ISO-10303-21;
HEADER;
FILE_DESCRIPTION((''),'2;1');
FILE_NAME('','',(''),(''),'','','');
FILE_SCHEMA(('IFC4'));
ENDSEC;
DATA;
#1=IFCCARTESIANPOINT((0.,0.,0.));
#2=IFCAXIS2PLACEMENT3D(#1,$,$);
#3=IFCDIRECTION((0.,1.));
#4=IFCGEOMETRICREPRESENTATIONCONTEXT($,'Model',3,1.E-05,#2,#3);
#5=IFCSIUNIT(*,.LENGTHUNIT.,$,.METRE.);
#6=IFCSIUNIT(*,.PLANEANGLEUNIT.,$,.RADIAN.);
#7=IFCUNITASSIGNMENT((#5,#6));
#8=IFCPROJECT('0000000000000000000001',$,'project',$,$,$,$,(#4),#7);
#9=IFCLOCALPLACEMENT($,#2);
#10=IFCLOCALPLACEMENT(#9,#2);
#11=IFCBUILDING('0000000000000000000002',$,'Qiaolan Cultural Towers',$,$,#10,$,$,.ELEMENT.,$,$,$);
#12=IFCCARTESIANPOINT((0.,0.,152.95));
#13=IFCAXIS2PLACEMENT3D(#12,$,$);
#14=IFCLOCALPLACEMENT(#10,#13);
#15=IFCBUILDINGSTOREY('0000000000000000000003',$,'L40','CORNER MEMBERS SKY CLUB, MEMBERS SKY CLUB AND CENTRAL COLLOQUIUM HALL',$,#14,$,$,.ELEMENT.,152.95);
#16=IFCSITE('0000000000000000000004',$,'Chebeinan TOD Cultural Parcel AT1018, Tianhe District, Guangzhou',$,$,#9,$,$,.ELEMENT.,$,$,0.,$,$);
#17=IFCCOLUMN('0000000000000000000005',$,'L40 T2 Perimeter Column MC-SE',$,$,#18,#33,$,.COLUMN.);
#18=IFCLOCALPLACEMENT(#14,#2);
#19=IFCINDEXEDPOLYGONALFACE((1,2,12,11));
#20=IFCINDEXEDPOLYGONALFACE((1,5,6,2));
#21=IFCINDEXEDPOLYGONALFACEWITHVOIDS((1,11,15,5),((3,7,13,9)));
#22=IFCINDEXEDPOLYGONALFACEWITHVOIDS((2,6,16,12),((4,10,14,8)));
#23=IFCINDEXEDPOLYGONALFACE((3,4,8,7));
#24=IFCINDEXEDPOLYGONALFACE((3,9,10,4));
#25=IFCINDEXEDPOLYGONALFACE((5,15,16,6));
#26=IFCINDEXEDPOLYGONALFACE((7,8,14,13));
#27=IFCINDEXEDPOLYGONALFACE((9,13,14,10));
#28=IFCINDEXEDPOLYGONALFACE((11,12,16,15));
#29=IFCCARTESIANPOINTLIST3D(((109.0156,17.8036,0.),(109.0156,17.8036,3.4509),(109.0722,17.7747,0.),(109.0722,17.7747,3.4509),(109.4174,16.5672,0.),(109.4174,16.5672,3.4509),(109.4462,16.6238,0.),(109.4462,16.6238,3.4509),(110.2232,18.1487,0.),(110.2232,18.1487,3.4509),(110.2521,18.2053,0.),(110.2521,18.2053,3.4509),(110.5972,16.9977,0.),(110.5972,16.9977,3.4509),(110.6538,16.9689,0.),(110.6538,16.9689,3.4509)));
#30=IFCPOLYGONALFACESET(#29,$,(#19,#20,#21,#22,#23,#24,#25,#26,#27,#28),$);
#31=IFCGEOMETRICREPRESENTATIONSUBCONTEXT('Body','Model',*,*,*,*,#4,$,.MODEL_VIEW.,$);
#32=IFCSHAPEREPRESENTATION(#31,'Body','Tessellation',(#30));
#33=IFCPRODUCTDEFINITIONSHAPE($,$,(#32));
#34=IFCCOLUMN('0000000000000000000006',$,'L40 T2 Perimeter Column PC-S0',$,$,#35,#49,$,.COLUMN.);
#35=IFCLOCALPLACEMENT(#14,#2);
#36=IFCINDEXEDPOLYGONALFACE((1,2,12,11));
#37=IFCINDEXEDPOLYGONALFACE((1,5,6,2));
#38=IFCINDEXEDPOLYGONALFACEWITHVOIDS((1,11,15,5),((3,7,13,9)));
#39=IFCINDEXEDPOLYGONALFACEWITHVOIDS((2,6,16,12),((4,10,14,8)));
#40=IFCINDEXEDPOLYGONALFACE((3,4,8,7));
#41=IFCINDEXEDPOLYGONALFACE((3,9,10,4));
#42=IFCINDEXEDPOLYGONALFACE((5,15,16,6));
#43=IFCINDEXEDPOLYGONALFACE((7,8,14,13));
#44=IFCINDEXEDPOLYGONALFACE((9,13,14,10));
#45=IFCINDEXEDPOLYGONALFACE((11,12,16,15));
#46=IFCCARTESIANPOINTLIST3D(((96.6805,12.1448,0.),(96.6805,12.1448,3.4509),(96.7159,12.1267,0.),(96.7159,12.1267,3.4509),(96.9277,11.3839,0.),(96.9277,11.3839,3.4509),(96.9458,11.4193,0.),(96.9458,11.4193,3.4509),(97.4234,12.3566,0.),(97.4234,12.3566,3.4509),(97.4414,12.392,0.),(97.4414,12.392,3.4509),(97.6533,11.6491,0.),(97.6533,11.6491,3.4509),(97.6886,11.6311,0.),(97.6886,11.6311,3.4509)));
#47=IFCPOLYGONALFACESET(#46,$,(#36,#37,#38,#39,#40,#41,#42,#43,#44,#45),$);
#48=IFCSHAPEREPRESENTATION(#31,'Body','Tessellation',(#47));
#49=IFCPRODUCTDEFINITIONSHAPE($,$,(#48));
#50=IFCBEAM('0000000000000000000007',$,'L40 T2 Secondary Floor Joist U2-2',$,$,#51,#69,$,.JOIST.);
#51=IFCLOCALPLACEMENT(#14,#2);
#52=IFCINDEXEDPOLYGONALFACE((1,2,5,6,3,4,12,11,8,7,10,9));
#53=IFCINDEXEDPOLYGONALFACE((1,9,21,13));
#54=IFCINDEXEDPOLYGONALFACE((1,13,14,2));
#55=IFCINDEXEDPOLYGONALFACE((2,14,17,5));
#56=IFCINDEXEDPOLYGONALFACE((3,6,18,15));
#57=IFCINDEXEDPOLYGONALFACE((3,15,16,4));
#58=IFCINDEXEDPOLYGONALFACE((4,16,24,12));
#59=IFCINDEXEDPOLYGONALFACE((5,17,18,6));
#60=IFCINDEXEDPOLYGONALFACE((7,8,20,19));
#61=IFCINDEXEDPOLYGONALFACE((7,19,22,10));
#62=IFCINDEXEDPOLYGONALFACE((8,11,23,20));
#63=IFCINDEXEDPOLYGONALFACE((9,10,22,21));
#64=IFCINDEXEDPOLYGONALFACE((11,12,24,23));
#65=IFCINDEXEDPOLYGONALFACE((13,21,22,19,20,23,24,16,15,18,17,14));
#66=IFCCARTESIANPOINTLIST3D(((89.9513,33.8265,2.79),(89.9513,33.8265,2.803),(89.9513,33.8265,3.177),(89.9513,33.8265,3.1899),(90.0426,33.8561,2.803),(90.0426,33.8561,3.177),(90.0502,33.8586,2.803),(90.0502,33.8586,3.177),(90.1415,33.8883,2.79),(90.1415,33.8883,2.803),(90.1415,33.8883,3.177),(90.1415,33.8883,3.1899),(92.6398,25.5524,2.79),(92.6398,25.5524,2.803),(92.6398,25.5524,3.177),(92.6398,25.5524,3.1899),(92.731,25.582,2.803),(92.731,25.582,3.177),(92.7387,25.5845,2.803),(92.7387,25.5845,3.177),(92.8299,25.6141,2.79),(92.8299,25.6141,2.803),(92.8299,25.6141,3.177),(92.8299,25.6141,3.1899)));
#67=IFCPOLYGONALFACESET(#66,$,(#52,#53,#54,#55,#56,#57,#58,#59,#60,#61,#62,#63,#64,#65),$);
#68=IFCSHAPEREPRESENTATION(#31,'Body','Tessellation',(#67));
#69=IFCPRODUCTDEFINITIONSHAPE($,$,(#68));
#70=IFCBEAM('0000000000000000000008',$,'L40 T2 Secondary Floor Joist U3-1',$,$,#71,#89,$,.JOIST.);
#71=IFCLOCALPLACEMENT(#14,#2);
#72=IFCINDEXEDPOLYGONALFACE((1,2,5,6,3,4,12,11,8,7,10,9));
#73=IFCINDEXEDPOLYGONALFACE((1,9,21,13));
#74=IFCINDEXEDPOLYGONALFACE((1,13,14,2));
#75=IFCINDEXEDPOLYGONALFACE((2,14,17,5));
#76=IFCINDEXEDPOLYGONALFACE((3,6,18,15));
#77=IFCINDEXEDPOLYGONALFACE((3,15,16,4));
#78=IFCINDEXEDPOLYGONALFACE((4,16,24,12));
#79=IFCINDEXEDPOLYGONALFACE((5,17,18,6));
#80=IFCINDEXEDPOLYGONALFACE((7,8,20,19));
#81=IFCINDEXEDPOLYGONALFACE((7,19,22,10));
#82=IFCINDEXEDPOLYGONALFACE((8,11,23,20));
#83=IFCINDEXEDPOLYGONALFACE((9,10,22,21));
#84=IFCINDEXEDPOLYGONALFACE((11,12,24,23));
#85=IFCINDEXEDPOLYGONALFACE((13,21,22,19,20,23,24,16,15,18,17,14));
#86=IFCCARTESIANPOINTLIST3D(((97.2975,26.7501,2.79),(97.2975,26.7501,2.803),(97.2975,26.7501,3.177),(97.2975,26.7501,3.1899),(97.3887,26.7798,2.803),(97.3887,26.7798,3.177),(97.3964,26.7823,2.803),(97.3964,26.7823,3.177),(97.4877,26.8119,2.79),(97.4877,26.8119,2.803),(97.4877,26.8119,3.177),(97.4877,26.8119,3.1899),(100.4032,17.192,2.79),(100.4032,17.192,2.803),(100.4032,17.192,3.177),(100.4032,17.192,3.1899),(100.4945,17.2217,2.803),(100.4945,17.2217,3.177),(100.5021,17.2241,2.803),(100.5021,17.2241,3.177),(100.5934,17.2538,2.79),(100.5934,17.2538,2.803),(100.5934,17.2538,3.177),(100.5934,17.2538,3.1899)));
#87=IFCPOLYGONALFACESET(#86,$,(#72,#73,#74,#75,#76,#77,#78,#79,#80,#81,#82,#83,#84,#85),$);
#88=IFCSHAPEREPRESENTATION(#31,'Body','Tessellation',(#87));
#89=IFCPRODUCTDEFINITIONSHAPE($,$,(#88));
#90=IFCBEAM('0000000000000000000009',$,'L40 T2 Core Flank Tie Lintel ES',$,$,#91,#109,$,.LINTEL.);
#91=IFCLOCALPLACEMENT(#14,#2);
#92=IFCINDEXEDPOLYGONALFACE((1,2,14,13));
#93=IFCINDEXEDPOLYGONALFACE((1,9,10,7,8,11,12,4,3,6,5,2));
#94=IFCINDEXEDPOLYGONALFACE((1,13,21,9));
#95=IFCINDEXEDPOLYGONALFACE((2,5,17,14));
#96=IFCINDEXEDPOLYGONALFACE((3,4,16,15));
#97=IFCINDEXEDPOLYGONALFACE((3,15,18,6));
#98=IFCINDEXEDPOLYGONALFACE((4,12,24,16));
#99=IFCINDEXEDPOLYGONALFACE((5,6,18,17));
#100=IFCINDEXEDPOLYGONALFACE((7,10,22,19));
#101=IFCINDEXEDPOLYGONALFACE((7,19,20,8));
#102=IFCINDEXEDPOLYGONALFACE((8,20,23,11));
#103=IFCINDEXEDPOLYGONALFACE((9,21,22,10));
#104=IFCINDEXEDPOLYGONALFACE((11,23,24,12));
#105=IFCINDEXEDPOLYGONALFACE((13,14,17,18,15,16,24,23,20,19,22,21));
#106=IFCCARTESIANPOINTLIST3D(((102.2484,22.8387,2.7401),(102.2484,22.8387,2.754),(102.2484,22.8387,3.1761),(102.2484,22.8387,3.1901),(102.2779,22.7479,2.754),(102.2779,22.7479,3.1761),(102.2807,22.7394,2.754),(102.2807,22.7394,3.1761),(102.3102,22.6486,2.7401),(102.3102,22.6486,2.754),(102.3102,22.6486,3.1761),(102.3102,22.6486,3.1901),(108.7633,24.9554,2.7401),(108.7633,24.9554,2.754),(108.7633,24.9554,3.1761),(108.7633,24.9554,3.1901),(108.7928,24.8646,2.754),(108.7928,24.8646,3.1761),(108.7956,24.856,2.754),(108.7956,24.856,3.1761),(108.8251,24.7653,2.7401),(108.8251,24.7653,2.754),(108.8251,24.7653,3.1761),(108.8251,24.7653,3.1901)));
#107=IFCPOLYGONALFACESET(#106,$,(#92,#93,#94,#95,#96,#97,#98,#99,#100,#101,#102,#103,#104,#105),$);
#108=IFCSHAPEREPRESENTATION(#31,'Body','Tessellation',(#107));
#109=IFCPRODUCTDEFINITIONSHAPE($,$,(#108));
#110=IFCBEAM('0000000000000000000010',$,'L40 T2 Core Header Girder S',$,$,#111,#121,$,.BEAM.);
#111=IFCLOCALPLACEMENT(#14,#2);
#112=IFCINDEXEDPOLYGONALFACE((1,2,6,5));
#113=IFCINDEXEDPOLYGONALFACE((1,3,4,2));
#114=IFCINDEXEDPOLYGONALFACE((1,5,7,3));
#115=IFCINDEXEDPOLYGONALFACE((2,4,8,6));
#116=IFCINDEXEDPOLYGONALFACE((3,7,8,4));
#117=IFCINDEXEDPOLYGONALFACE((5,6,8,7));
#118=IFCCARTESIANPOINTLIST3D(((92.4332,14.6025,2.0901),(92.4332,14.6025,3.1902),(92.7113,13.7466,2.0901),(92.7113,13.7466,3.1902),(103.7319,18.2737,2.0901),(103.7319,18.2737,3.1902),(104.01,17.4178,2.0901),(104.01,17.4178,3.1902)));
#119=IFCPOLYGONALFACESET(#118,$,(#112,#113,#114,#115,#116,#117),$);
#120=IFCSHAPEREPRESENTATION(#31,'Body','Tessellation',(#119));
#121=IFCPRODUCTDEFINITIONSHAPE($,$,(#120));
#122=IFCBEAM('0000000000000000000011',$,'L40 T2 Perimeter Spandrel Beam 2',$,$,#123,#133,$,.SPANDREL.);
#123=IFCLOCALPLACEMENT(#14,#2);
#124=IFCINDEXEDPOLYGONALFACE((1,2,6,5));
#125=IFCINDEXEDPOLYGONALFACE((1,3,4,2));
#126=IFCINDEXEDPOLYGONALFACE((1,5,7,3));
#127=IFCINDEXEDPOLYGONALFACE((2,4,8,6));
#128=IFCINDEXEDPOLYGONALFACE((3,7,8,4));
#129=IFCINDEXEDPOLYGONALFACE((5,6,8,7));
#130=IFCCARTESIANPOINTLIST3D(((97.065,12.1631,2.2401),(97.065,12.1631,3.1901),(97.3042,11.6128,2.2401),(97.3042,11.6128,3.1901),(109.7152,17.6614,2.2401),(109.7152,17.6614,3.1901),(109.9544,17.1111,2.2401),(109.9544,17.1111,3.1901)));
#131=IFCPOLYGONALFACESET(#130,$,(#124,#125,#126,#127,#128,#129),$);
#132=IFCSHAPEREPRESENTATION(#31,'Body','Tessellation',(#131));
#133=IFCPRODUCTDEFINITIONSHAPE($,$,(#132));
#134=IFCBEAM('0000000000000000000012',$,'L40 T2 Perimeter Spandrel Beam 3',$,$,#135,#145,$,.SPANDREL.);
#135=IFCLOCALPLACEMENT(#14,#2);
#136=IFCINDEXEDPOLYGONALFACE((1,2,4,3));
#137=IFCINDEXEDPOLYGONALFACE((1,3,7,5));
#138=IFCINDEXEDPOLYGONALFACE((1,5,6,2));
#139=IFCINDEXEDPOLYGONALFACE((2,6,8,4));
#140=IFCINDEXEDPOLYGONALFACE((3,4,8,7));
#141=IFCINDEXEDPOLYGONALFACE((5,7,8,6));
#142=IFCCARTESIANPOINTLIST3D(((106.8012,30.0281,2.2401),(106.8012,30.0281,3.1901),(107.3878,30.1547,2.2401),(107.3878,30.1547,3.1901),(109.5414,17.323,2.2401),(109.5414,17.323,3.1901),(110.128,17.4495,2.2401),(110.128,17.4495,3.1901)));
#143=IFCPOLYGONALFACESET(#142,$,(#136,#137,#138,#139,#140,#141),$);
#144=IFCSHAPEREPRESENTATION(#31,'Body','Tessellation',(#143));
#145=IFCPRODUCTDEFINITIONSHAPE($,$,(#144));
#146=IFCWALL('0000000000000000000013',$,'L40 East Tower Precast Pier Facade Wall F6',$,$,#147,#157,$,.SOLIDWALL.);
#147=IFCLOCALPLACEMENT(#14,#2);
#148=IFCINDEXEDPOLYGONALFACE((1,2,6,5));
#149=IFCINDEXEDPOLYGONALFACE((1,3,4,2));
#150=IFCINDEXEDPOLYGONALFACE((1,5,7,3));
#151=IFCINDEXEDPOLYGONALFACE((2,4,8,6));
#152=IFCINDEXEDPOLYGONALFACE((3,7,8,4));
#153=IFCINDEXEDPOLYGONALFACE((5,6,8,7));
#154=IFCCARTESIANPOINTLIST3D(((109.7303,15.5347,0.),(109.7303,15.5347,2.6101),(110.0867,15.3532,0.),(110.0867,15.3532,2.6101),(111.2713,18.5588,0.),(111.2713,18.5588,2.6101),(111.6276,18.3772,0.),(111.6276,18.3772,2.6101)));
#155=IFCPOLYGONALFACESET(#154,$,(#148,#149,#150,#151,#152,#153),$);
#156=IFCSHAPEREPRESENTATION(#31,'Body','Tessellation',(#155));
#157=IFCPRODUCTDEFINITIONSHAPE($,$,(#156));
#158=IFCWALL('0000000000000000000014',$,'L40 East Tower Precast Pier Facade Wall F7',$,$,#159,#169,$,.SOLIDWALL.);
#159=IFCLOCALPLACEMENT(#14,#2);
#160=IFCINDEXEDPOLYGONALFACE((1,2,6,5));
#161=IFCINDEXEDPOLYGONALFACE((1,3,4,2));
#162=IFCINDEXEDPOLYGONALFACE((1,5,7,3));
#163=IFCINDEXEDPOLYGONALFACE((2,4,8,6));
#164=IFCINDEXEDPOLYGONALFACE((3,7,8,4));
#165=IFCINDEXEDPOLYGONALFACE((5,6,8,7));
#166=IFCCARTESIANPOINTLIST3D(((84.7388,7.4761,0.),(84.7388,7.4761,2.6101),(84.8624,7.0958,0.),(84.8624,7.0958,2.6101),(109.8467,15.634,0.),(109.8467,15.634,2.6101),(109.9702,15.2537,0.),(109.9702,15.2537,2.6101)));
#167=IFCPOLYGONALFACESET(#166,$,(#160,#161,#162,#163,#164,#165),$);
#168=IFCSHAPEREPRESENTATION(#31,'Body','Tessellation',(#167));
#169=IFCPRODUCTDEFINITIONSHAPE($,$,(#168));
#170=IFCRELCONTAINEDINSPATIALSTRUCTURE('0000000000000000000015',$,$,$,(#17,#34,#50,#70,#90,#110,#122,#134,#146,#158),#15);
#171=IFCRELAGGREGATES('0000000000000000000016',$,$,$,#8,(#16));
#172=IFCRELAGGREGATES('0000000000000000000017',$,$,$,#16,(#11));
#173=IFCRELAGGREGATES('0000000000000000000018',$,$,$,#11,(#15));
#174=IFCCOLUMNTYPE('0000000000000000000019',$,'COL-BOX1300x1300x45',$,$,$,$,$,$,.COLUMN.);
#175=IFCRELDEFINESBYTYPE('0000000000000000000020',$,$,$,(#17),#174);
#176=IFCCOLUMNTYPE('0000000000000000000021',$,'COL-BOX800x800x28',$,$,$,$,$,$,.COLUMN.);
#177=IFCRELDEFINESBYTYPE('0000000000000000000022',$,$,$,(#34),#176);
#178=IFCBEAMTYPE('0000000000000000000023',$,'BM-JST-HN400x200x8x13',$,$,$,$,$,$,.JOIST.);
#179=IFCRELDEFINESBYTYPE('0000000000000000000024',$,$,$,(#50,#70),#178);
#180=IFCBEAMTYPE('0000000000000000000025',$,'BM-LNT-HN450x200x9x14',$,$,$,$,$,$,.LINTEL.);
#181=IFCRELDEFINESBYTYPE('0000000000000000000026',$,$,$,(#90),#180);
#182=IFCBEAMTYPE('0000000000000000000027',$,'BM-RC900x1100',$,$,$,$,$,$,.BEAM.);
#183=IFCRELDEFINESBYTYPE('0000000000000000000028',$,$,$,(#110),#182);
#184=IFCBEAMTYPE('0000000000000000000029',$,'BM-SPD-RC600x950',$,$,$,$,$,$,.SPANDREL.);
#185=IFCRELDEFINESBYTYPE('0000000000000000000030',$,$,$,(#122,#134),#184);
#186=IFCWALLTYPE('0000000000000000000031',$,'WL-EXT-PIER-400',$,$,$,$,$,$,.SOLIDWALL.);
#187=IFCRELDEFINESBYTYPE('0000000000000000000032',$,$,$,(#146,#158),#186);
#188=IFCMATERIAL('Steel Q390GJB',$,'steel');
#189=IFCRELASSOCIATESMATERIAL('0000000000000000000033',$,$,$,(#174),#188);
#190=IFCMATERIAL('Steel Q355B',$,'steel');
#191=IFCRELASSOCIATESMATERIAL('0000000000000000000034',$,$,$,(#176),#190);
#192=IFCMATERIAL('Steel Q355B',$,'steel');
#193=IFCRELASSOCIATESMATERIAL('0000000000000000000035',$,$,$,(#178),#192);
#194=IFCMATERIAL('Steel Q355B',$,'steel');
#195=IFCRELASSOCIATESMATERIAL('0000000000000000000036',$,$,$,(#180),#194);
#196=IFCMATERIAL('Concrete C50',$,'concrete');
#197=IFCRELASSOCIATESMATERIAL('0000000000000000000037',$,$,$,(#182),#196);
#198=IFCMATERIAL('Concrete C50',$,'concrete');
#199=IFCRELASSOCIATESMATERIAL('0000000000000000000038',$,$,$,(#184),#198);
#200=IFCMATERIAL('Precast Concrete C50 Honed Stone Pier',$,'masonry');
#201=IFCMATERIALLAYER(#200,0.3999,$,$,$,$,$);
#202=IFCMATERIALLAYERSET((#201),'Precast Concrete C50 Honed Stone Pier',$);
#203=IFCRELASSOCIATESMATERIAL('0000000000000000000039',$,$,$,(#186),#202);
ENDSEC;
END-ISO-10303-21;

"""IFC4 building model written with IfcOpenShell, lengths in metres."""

from ifc_helpers import new_model, si_unit, direction, frame, frame_2d, origin, origin_2d, place, context, subcontext, project, spatial, rectangle, hollow_rectangle, i_section, extrude, material, layer, layer_set, material_profile, profile_set, type_object, element, save


model = new_model("IFC4")

# Units and contexts
model_context = context("Model", 3, precision=1e-05, world=origin(), true_north=direction((0.0, 1.0)))
body_context = subcontext(model_context, "Body", "Model", "MODEL_VIEW")
ifc_project = project(units=[si_unit("LENGTHUNIT", "METRE"), si_unit("PLANEANGLEUNIT", "RADIAN")], contexts=[model_context])

# Site, building, storey
site_placement = place(None, origin())
site = spatial("IfcSite", under=ifc_project, at=site_placement, Name="Chebeinan TOD Cultural Parcel AT1018, Tianhe District, Guangzhou", CompositionType="ELEMENT", RefElevation=0.0)
building_placement = place(site_placement, origin())
building = spatial("IfcBuilding", under=site, at=building_placement, Name="Qiaolan Cultural Towers", CompositionType="ELEMENT")
storey_placement = place(building_placement, frame((0.0, 0.0, 152.95)))
storey = spatial("IfcBuildingStorey", under=building, at=storey_placement, Name="L40", Description="CORNER MEMBERS SKY CLUB, MEMBERS SKY CLUB AND CENTRAL COLLOQUIUM HALL", CompositionType="ELEMENT", Elevation=152.95)

# Columns
ifc_material_1 = material(Name="Steel Q390GJB", Category="steel")
ifc_material_profile_1 = material_profile(ifc_material_1, hollow_rectangle(XDim=1.3, YDim=1.3, WallThickness=0.0449, at=origin_2d()), Name="BOX1300x1300x45")
ifc_profile_set_1 = profile_set([ifc_material_profile_1], Name="Steel Q390GJB")
column_type_1 = type_object("IfcColumnType", Name="COL-BOX1300x1300x45", PredefinedType="COLUMN", material=ifc_profile_set_1)
column_1_placement = place(storey_placement, frame((109.8347, 17.3862, 0.0), z_axis=(0.0, 0.0, 1.0), x_axis=(0.951057, 0.309017, 0.0)))
element("IfcColumn", 1, at=column_1_placement, inside=storey, type_object=column_type_1, Name="L40 T2 Perimeter Column MC-SE", PredefinedType="COLUMN", context=body_context, shape_type="SweptSolid", body=[
    extrude(hollow_rectangle(XDim=1.3, YDim=1.3, WallThickness=0.0449, at=origin_2d()), origin(), (0.0, 0.0, 1.0), 3.4509),
])
ifc_material_2 = material(Name="Steel Q355B", Category="steel")
ifc_material_profile_2 = material_profile(ifc_material_2, hollow_rectangle(XDim=0.8, YDim=0.8, WallThickness=0.0281, at=origin_2d()), Name="BOX800x800x28")
ifc_profile_set_2 = profile_set([ifc_material_profile_2], Name="Steel Q355B")
column_type_2 = type_object("IfcColumnType", Name="COL-BOX800x800x28", PredefinedType="COLUMN", material=ifc_profile_set_2)
column_2_placement = place(storey_placement, frame((97.1846, 11.8879, 0.0), z_axis=(0.0, 0.0, 1.0), x_axis=(0.951057, 0.309017, 0.0)))
element("IfcColumn", 2, at=column_2_placement, inside=storey, type_object=column_type_2, Name="L40 T2 Perimeter Column PC-S0", PredefinedType="COLUMN", context=body_context, shape_type="SweptSolid", body=[
    extrude(hollow_rectangle(XDim=0.8, YDim=0.8, WallThickness=0.0281, at=origin_2d()), origin(), (0.0, 0.0, 1.0), 3.4509),
])

# Beams
ifc_material_3 = material(Name="Steel Q355B", Category="steel")
ifc_material_profile_3 = material_profile(ifc_material_3, i_section(OverallWidth=0.2, OverallDepth=0.3999, WebThickness=0.0081, FlangeThickness=0.0129, at=origin_2d()), Name="HN400x200x8x13")
ifc_profile_set_3 = profile_set([ifc_material_profile_3], Name="Steel Q355B")
beam_type_1 = type_object("IfcBeamType", Name="BM-JST-HN400x200x8x13", PredefinedType="JOIST", material=ifc_profile_set_3)
beam_1_placement = place(storey_placement, frame((92.7349, 25.5833, 2.99), z_axis=(-0.309021, 0.951055, 0.0), x_axis=(-0.951055, -0.309021, 0.0)))
element("IfcBeam", 3, at=beam_1_placement, inside=storey, type_object=beam_type_1, Name="L40 T2 Secondary Floor Joist U2-2", PredefinedType="JOIST", context=body_context, shape_type="SweptSolid", body=[
    extrude(i_section(OverallWidth=0.2, OverallDepth=0.3999, WebThickness=0.0081, FlangeThickness=0.0129, at=origin_2d()), origin(), (0.0, 0.0, 1.0), 8.7),
])
beam_2_placement = place(storey_placement, frame((100.4983, 17.2229, 2.99), z_axis=(-0.309026, 0.951054, 0.0), x_axis=(-0.951054, -0.309026, 0.0)))
element("IfcBeam", 4, at=beam_2_placement, inside=storey, type_object=beam_type_1, Name="L40 T2 Secondary Floor Joist U3-1", PredefinedType="JOIST", context=body_context, shape_type="SweptSolid", body=[
    extrude(i_section(OverallWidth=0.2, OverallDepth=0.3999, WebThickness=0.0081, FlangeThickness=0.0129, at=origin_2d()), origin(), (0.0, 0.0, 1.0), 10.05),
])
ifc_material_4 = material(Name="Steel Q355B", Category="steel")
ifc_material_profile_4 = material_profile(ifc_material_4, i_section(OverallWidth=0.2, OverallDepth=0.45, WebThickness=0.009, FlangeThickness=0.0139, at=origin_2d()), Name="HN450x200x9x14")
ifc_profile_set_4 = profile_set([ifc_material_profile_4], Name="Steel Q355B")
beam_type_2 = type_object("IfcBeamType", Name="BM-LNT-HN450x200x9x14", PredefinedType="LINTEL", material=ifc_profile_set_4)
beam_3_placement = place(storey_placement, frame((102.2793, 22.7437, 2.9651), z_axis=(0.951062, 0.309001, 0.0), x_axis=(-0.309001, 0.951062, 0.0)))
element("IfcBeam", 5, at=beam_3_placement, inside=storey, type_object=beam_type_2, Name="L40 T2 Core Flank Tie Lintel ES", PredefinedType="LINTEL", context=body_context, shape_type="SweptSolid", body=[
    extrude(i_section(OverallWidth=0.2, OverallDepth=0.45, WebThickness=0.009, FlangeThickness=0.0139, at=origin_2d()), origin(), (0.0, 0.0, 1.0), 6.8501),
])
ifc_material_5 = material(Name="Concrete C50", Category="concrete")
ifc_material_profile_5 = material_profile(ifc_material_5, rectangle(XDim=0.8999, YDim=1.1001, at=origin_2d()), Name="RC900x1100")
ifc_profile_set_5 = profile_set([ifc_material_profile_5], Name="Concrete C50")
beam_type_3 = type_object("IfcBeamType", Name="BM-RC900x1100", PredefinedType="BEAM", material=ifc_profile_set_5)
beam_4_placement = place(storey_placement, frame((92.5723, 14.1746, 2.6401), z_axis=(0.951056, 0.309018, 0.0), x_axis=(-0.309018, 0.951056, 0.0)))
element("IfcBeam", 6, at=beam_4_placement, inside=storey, type_object=beam_type_3, Name="L40 T2 Core Header Girder S", PredefinedType="BEAM", context=body_context, shape_type="SweptSolid", body=[
    extrude(rectangle(XDim=0.8999, YDim=1.1001, at=origin_2d()), origin(), (0.0, 0.0, 1.0), 11.8801),
])
ifc_material_6 = material(Name="Concrete C50", Category="concrete")
ifc_material_profile_6 = material_profile(ifc_material_6, rectangle(XDim=0.6001, YDim=0.95, at=origin_2d()), Name="RC600x950")
ifc_profile_set_6 = profile_set([ifc_material_profile_6], Name="Concrete C50")
beam_type_4 = type_object("IfcBeamType", Name="BM-SPD-RC600x950", PredefinedType="SPANDREL", material=ifc_profile_set_6)
beam_5_placement = place(storey_placement, frame((97.1846, 11.8879, 2.7151), z_axis=(0.917117, 0.398618, 0.0), x_axis=(-0.398618, 0.917117, 0.0)))
element("IfcBeam", 7, at=beam_5_placement, inside=storey, type_object=beam_type_4, Name="L40 T2 Perimeter Spandrel Beam 2", PredefinedType="SPANDREL", context=body_context, shape_type="SweptSolid", body=[
    extrude(rectangle(XDim=0.6001, YDim=0.95, at=origin_2d()), origin(), (0.0, 0.0, 1.0), 13.7935),
])
beam_6_placement = place(storey_placement, frame((109.8347, 17.3862, 2.7151), z_axis=(-0.210832, 0.977522, 0.0), x_axis=(-0.977522, -0.210832, 0.0)))
element("IfcBeam", 8, at=beam_6_placement, inside=storey, type_object=beam_type_4, Name="L40 T2 Perimeter Spandrel Beam 3", PredefinedType="SPANDREL", context=body_context, shape_type="SweptSolid", body=[
    extrude(rectangle(XDim=0.6001, YDim=0.95, at=origin_2d()), origin(), (0.0, 0.0, 1.0), 12.9973),
])

# Walls
ifc_material_7 = material(Name="Precast Concrete C50 Honed Stone Pier", Category="masonry")
ifc_layer_1 = layer(ifc_material_7, 0.3999)
ifc_layer_set_1 = layer_set([ifc_layer_1], Name="Precast Concrete C50 Honed Stone Pier")
wall_type_1 = type_object("IfcWallType", Name="WL-EXT-PIER-400", PredefinedType="SOLIDWALL", material=ifc_layer_set_1)
wall_1_placement = place(storey_placement, frame((111.4495, 18.468, 0.0), z_axis=(0.0, 0.0, 1.0), x_axis=(-0.45402, -0.890992, 0.0)))
element("IfcWall", 9, at=wall_1_placement, inside=storey, type_object=wall_type_1, Name="L40 East Tower Precast Pier Facade Wall F6", PredefinedType="SOLIDWALL", context=body_context, shape_type="SweptSolid", body=[
    extrude(rectangle(XDim=3.394, YDim=0.3999, at=frame_2d((1.697, 0.0))), origin(), (0.0, 0.0, 1.0), 2.6101),
])
wall_2_placement = place(storey_placement, frame((109.9084, 15.4438, 0.0), z_axis=(0.0, 0.0, 1.0), x_axis=(-0.951058, -0.309014, 0.0)))
element("IfcWall", 10, at=wall_2_placement, inside=storey, type_object=wall_type_1, Name="L40 East Tower Precast Pier Facade Wall F7", PredefinedType="SOLIDWALL", context=body_context, shape_type="SweptSolid", body=[
    extrude(rectangle(XDim=26.3999, YDim=0.3999, at=frame_2d((13.2, 0.0))), origin(), (0.0, 0.0, 1.0), 2.6101),
])

save(model, "model.ifc")
